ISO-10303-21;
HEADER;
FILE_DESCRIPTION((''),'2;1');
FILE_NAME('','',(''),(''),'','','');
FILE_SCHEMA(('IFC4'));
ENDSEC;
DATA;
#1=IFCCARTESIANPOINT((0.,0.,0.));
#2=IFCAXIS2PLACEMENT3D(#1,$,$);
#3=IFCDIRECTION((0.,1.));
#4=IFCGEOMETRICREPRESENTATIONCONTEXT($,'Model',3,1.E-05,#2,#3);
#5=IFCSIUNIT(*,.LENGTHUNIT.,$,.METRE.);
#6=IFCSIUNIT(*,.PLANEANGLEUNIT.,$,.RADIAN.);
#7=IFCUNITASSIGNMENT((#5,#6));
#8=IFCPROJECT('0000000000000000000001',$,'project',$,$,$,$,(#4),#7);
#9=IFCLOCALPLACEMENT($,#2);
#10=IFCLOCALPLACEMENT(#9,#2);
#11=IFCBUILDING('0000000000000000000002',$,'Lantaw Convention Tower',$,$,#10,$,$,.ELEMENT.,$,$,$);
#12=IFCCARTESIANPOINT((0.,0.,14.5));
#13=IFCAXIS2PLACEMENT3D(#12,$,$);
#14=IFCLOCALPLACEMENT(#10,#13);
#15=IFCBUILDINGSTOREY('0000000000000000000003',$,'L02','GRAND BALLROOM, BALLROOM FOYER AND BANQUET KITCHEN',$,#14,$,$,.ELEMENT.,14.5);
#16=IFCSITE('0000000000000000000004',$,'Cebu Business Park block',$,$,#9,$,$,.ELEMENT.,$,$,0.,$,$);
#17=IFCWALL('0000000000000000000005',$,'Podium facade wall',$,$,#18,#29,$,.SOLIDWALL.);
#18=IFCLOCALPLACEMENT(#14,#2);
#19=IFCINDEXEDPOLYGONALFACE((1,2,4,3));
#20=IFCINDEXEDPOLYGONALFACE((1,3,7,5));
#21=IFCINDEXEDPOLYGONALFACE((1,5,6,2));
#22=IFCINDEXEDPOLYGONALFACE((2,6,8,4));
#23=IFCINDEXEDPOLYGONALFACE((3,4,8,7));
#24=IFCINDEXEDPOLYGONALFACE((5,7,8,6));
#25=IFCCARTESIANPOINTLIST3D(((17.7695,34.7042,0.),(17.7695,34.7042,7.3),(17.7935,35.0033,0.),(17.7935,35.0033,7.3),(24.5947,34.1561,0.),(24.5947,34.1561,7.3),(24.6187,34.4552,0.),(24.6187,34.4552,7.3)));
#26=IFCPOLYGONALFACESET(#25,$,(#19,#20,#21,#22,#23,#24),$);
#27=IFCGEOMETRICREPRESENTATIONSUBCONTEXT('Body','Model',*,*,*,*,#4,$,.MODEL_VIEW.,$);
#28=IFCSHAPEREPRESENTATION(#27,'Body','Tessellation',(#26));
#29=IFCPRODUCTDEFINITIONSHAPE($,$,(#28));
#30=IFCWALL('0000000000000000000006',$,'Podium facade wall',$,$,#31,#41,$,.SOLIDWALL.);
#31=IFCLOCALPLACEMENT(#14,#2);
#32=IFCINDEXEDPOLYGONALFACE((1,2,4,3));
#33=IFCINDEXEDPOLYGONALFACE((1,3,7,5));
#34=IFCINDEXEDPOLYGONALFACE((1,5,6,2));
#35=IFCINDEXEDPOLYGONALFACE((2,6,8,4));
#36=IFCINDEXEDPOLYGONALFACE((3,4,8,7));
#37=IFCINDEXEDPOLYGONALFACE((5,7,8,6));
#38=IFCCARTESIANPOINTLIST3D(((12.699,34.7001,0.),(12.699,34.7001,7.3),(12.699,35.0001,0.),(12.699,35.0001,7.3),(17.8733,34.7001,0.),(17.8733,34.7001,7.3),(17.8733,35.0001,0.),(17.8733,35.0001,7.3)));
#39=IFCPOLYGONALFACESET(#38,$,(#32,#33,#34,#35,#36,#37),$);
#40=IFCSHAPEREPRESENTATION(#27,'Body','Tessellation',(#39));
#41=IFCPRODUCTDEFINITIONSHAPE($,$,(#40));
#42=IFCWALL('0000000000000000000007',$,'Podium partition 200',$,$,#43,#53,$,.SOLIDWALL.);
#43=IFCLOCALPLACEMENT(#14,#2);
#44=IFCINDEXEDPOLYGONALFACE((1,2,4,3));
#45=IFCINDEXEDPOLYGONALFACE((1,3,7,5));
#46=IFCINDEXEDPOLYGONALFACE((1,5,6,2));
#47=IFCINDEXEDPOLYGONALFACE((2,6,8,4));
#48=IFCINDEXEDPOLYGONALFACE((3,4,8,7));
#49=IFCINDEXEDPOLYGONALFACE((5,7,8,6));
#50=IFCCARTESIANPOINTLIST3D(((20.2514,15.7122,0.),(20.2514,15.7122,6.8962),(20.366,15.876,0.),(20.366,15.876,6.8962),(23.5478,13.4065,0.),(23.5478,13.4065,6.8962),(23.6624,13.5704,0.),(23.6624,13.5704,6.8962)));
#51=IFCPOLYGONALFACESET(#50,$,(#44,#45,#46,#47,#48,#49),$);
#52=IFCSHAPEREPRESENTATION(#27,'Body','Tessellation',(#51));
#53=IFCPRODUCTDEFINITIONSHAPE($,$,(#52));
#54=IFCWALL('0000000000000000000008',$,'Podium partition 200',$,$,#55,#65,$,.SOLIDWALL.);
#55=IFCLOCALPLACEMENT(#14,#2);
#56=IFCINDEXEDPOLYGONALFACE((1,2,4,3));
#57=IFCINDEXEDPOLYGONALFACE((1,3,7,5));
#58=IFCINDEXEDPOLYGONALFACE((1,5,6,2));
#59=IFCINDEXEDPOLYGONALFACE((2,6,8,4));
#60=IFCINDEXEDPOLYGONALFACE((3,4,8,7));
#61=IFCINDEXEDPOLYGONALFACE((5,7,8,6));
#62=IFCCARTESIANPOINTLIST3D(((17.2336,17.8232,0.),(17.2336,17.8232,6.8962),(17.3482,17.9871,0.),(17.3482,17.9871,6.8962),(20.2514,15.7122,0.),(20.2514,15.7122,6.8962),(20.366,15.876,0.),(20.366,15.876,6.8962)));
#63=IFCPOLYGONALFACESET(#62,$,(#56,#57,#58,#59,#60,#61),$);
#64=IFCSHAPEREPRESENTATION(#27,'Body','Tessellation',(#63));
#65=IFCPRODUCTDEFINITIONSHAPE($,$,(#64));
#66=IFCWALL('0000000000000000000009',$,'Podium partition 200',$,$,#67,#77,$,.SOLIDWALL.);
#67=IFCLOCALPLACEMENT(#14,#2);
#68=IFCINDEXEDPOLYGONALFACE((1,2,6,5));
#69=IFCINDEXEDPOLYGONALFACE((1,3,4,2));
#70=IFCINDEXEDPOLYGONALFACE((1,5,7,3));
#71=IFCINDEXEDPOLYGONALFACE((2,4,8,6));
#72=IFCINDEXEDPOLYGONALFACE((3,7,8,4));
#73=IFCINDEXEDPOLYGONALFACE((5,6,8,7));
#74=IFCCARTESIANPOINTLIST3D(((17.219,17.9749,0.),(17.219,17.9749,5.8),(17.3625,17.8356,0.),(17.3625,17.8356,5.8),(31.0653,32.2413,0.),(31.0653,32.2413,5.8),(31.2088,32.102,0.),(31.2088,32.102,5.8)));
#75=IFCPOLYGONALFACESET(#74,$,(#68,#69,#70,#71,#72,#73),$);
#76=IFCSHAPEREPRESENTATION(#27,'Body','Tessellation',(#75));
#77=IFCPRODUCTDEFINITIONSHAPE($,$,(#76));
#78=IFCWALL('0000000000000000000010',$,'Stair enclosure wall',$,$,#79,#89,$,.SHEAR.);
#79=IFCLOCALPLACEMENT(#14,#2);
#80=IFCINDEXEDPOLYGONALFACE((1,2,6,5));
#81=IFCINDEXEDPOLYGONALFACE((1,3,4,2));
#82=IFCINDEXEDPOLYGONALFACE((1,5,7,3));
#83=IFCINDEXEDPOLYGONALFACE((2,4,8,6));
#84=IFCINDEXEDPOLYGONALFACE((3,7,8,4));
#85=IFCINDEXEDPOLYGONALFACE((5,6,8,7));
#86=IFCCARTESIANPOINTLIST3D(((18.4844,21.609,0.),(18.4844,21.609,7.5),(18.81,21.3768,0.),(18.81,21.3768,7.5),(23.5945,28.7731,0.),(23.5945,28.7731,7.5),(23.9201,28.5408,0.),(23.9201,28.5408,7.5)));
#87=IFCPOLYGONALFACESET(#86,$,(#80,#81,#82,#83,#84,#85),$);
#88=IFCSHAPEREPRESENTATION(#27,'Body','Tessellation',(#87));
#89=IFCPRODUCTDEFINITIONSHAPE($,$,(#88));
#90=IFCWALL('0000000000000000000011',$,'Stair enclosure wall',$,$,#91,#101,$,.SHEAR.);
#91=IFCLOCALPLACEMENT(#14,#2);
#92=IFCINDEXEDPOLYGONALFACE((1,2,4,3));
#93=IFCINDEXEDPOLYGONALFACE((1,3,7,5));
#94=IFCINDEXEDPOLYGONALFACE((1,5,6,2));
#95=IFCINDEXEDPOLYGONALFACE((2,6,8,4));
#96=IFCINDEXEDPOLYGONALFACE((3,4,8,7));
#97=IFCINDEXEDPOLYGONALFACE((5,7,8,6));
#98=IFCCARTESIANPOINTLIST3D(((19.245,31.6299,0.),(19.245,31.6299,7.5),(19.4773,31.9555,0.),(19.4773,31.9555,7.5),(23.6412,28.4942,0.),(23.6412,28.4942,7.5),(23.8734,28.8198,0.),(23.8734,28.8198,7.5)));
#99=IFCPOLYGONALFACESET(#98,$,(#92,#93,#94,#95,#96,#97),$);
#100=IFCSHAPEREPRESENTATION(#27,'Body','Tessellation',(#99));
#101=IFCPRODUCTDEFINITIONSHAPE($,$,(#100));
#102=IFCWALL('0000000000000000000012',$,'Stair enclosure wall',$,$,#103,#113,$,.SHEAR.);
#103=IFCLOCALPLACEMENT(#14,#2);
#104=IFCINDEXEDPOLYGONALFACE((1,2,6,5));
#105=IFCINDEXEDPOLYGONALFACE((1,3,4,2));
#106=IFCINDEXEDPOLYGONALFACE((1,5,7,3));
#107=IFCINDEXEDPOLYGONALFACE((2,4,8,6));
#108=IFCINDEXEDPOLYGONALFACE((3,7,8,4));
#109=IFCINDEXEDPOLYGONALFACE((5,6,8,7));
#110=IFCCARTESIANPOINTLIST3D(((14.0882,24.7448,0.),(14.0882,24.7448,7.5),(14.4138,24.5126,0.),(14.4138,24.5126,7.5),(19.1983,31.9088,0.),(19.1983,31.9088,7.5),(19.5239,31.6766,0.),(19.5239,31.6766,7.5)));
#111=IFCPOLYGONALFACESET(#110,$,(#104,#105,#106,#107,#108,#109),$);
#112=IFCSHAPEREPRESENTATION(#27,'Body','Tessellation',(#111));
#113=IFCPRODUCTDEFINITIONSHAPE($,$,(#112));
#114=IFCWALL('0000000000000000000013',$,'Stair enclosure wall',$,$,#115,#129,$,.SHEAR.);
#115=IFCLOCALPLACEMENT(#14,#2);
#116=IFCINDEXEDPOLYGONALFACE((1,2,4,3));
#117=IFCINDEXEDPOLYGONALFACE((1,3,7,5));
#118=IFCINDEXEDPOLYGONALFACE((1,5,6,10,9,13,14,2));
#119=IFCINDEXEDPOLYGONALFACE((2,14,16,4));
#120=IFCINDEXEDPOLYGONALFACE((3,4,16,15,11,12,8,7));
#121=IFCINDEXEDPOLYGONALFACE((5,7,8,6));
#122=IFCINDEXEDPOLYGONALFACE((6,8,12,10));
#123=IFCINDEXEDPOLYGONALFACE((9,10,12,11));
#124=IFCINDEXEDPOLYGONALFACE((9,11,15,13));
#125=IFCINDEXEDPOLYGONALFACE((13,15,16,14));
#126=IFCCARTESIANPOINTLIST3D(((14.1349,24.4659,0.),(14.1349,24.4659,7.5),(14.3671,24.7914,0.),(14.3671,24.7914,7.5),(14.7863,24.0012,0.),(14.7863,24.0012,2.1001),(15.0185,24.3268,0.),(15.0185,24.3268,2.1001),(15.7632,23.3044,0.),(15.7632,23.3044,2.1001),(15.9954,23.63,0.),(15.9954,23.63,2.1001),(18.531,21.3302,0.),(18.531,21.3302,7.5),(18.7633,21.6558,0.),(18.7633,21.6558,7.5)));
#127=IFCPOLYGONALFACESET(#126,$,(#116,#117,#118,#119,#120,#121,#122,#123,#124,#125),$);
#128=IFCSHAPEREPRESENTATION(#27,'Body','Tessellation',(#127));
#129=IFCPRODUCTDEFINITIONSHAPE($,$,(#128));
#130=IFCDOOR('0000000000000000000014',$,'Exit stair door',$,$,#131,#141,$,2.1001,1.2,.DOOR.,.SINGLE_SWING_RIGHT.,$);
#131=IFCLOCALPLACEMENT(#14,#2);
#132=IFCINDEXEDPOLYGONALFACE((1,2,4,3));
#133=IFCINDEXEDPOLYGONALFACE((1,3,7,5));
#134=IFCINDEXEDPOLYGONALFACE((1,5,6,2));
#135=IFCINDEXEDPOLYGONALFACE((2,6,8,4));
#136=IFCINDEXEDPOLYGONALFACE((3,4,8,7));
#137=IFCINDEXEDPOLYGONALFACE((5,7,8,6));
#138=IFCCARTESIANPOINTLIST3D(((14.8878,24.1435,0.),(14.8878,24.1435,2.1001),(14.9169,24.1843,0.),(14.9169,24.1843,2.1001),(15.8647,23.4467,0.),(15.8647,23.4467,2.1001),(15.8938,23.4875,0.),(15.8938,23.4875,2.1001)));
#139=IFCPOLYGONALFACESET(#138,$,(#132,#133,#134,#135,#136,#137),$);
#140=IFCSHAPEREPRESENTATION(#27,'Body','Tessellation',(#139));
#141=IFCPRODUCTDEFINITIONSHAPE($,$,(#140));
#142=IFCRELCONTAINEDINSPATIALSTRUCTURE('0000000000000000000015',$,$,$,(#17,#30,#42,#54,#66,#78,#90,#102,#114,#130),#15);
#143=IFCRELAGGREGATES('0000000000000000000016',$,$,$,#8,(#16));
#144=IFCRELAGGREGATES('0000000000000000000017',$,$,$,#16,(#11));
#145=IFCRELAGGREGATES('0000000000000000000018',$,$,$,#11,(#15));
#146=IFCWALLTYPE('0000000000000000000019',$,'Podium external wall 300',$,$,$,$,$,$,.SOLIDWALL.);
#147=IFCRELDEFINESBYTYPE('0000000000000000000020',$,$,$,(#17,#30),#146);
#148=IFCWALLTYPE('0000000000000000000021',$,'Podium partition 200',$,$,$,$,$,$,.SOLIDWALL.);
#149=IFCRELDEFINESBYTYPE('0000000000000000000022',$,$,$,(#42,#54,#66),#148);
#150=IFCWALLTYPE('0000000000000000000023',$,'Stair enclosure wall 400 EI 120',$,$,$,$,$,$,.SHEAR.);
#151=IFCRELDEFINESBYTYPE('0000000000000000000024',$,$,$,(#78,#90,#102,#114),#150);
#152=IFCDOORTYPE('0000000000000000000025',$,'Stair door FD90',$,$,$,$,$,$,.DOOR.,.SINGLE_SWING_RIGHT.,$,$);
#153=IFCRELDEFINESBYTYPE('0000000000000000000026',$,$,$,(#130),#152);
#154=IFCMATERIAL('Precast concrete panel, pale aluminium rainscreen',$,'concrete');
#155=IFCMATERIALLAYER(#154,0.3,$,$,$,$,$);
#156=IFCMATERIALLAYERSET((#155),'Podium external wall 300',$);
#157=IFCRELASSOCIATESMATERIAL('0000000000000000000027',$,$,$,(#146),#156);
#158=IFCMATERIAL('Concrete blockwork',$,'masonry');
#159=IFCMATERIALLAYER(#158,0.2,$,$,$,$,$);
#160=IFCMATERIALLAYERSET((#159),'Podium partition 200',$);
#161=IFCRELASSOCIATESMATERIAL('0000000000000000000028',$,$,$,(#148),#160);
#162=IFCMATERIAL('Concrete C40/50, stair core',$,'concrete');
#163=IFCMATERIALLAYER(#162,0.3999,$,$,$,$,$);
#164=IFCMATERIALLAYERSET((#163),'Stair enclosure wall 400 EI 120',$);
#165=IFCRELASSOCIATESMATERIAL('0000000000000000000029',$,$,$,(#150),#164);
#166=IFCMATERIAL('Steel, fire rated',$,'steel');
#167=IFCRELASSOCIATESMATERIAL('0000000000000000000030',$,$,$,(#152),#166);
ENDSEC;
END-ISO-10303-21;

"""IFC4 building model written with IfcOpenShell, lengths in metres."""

from ifc_helpers import new_model, si_unit, direction, frame, frame_2d, origin, place, context, subcontext, project, spatial, rectangle, extrude, material, layer, layer_set, type_object, element, fill, save


model = new_model("IFC4")

# Units and contexts
model_context = context("Model", 3, precision=1e-05, world=origin(), true_north=direction((0.0, 1.0)))
body_context = subcontext(model_context, "Body", "Model", "MODEL_VIEW")
ifc_project = project(units=[si_unit("LENGTHUNIT", "METRE"), si_unit("PLANEANGLEUNIT", "RADIAN")], contexts=[model_context])

# Site, building, storey
site_placement = place(None, origin())
site = spatial("IfcSite", under=ifc_project, at=site_placement, Name="Cebu Business Park block", CompositionType="ELEMENT", RefElevation=0.0)
building_placement = place(site_placement, origin())
building = spatial("IfcBuilding", under=site, at=building_placement, Name="Lantaw Convention Tower", CompositionType="ELEMENT")
storey_placement = place(building_placement, frame((0.0, 0.0, 14.5)))
storey = spatial("IfcBuildingStorey", under=building, at=storey_placement, Name="L02", Description="GRAND BALLROOM, BALLROOM FOYER AND BANQUET KITCHEN", CompositionType="ELEMENT", Elevation=14.5)

# Walls
ifc_material_1 = material(Name="Precast concrete panel, pale aluminium rainscreen", Category="concrete")
ifc_layer_1 = layer(ifc_material_1, 0.3)
ifc_layer_set_1 = layer_set([ifc_layer_1], Name="Podium external wall 300")
wall_type_1 = type_object("IfcWallType", Name="Podium external wall 300", PredefinedType="SOLIDWALL", material=ifc_layer_set_1)
wall_1_placement = place(storey_placement, frame((24.6067, 34.3057, 0.0), z_axis=(0.0, 0.0, 1.0), x_axis=(-0.996791, 0.080047, 0.0)))
element("IfcWall", 1, at=wall_1_placement, inside=storey, type_object=wall_type_1, Name="Podium facade wall", PredefinedType="SOLIDWALL", context=body_context, shape_type="SweptSolid", body=[
    extrude(rectangle(XDim=6.8472, YDim=0.3, at=frame_2d((3.4236, 0.0))), origin(), (0.0, 0.0, 1.0), 7.3),
])
wall_2_placement = place(storey_placement, frame((17.8733, 34.8501, 0.0), z_axis=(0.0, 0.0, 1.0), x_axis=(-1.0, 0.0, 0.0)))
element("IfcWall", 2, at=wall_2_placement, inside=storey, type_object=wall_type_1, Name="Podium facade wall", PredefinedType="SOLIDWALL", context=body_context, shape_type="SweptSolid", body=[
    extrude(rectangle(XDim=5.1743, YDim=0.3, at=frame_2d((2.5872, 0.0))), origin(), (0.0, 0.0, 1.0), 7.3),
])
ifc_material_2 = material(Name="Concrete blockwork", Category="masonry")
ifc_layer_2 = layer(ifc_material_2, 0.2)
ifc_layer_set_2 = layer_set([ifc_layer_2], Name="Podium partition 200")
wall_type_2 = type_object("IfcWallType", Name="Podium partition 200", PredefinedType="SOLIDWALL", material=ifc_layer_set_2)
wall_3_placement = place(storey_placement, frame((23.605, 13.4885, 0.0), z_axis=(0.0, 0.0, 1.0), x_axis=(-0.819443, 0.573161, 0.0)))
element("IfcWall", 3, at=wall_3_placement, inside=storey, type_object=wall_type_2, Name="Podium partition 200", PredefinedType="SOLIDWALL", context=body_context, shape_type="SweptSolid", body=[
    extrude(rectangle(XDim=4.0227, YDim=0.2, at=frame_2d((2.0112, 0.0))), origin(), (0.0, 0.0, 1.0), 6.8962),
])
wall_4_placement = place(storey_placement, frame((20.3086, 15.7942, 0.0), z_axis=(0.0, 0.0, 1.0), x_axis=(-0.819409, 0.573209, 0.0)))
element("IfcWall", 4, at=wall_4_placement, inside=storey, type_object=wall_type_2, Name="Podium partition 200", PredefinedType="SOLIDWALL", context=body_context, shape_type="SweptSolid", body=[
    extrude(rectangle(XDim=3.6829, YDim=0.2, at=frame_2d((1.8413, 0.0))), origin(), (0.0, 0.0, 1.0), 6.8962),
])

# Walls
wall_5_placement = place(storey_placement, frame((17.2908, 17.9053, 0.0), z_axis=(0.0, 0.0, 1.0), x_axis=(0.696461, 0.717595, 0.0)))
element("IfcWall", 5, at=wall_5_placement, inside=storey, type_object=wall_type_2, Name="Podium partition 200", PredefinedType="SOLIDWALL", context=body_context, shape_type="SweptSolid", body=[
    extrude(rectangle(XDim=19.8809, YDim=0.2, at=frame_2d((9.9404, 0.0))), origin(), (0.0, 0.0, 1.0), 5.8),
])
ifc_material_3 = material(Name="Concrete C40/50, stair core", Category="concrete")
ifc_layer_3 = layer(ifc_material_3, 0.3999)
ifc_layer_set_3 = layer_set([ifc_layer_3], Name="Stair enclosure wall 400 EI 120")
wall_type_3 = type_object("IfcWallType", Name="Stair enclosure wall 400 EI 120", PredefinedType="SHEAR", material=ifc_layer_set_3)
wall_6_placement = place(storey_placement, frame((18.6472, 21.4929, 0.0), z_axis=(0.0, 0.0, 1.0), x_axis=(0.580705, 0.814114, 0.0)))
element("IfcWall", 6, at=wall_6_placement, inside=storey, type_object=wall_type_3, Name="Stair enclosure wall", PredefinedType="SHEAR", context=body_context, shape_type="SweptSolid", body=[
    extrude(rectangle(XDim=8.7998, YDim=0.3999, at=frame_2d((4.3999, 0.0))), origin(), (0.0, 0.0, 1.0), 7.5),
])
wall_7_placement = place(storey_placement, frame((23.7573, 28.657, 0.0), z_axis=(0.0, 0.0, 1.0), x_axis=(-0.814121, 0.580695, 0.0)))
element("IfcWall", 7, at=wall_7_placement, inside=storey, type_object=wall_type_3, Name="Stair enclosure wall", PredefinedType="SHEAR", context=body_context, shape_type="SweptSolid", body=[
    extrude(rectangle(XDim=5.3999, YDim=0.3999, at=frame_2d((2.7, 0.0))), origin(), (0.0, 0.0, 1.0), 7.5),
])
wall_8_placement = place(storey_placement, frame((19.3611, 31.7927, 0.0), z_axis=(0.0, 0.0, 1.0), x_axis=(-0.580705, -0.814114, 0.0)))
element("IfcWall", 8, at=wall_8_placement, inside=storey, type_object=wall_type_3, Name="Stair enclosure wall", PredefinedType="SHEAR", context=body_context, shape_type="SweptSolid", body=[
    extrude(rectangle(XDim=8.7998, YDim=0.3999, at=frame_2d((4.3999, 0.0))), origin(), (0.0, 0.0, 1.0), 7.5),
])

# Wall, opening, door
wall_9_placement = place(storey_placement, frame((14.251, 24.6287, 0.0), z_axis=(0.0, 0.0, 1.0), x_axis=(0.814121, -0.580695, 0.0)))
wall_9 = element("IfcWall", 9, at=wall_9_placement, inside=storey, type_object=wall_type_3, Name="Stair enclosure wall", PredefinedType="SHEAR", context=body_context, shape_type="SweptSolid", body=[
    extrude(rectangle(XDim=5.3999, YDim=0.3999, at=frame_2d((2.7, 0.0))), origin(), (0.0, 0.0, 1.0), 7.5),
])
opening_1_placement = place(wall_9_placement, frame((0.8, 0.0, 0.0)))
opening_1 = element("IfcOpeningElement", 10, at=opening_1_placement, cuts=wall_9, PredefinedType="OPENING", context=body_context, shape_type="SweptSolid", body=[
    extrude(rectangle(XDim=1.2, YDim=2.1001, at=frame_2d((0.6001, 1.05))), frame((0.0, 0.21, 0.0), z_axis=(0.0, -1.0, 0.0), x_axis=(1.0, 0.0, 0.0)), (0.0, 0.0, 1.0), 0.4199),
])
ifc_material_4 = material(Name="Steel, fire rated", Category="steel")
door_type_1 = type_object("IfcDoorType", Name="Stair door FD90", OperationType="SINGLE_SWING_RIGHT", PredefinedType="DOOR", material=ifc_material_4)
door_1_placement = place(opening_1_placement, origin())
door_1 = element("IfcDoor", 11, at=door_1_placement, inside=storey, type_object=door_type_1, Name="Exit stair door", OperationType="SINGLE_SWING_RIGHT", OverallHeight=2.1001, OverallWidth=1.2, PredefinedType="DOOR", context=body_context, shape_type="SweptSolid", body=[
    extrude(rectangle(XDim=1.2, YDim=2.1001, at=frame_2d((0.6001, 1.05))), frame((0.0, 0.0249, 0.0), z_axis=(0.0, -1.0, 0.0), x_axis=(1.0, 0.0, 0.0)), (0.0, 0.0, 1.0), 0.05),
])
fill(opening_1, door_1)

save(model, "model.ifc")
